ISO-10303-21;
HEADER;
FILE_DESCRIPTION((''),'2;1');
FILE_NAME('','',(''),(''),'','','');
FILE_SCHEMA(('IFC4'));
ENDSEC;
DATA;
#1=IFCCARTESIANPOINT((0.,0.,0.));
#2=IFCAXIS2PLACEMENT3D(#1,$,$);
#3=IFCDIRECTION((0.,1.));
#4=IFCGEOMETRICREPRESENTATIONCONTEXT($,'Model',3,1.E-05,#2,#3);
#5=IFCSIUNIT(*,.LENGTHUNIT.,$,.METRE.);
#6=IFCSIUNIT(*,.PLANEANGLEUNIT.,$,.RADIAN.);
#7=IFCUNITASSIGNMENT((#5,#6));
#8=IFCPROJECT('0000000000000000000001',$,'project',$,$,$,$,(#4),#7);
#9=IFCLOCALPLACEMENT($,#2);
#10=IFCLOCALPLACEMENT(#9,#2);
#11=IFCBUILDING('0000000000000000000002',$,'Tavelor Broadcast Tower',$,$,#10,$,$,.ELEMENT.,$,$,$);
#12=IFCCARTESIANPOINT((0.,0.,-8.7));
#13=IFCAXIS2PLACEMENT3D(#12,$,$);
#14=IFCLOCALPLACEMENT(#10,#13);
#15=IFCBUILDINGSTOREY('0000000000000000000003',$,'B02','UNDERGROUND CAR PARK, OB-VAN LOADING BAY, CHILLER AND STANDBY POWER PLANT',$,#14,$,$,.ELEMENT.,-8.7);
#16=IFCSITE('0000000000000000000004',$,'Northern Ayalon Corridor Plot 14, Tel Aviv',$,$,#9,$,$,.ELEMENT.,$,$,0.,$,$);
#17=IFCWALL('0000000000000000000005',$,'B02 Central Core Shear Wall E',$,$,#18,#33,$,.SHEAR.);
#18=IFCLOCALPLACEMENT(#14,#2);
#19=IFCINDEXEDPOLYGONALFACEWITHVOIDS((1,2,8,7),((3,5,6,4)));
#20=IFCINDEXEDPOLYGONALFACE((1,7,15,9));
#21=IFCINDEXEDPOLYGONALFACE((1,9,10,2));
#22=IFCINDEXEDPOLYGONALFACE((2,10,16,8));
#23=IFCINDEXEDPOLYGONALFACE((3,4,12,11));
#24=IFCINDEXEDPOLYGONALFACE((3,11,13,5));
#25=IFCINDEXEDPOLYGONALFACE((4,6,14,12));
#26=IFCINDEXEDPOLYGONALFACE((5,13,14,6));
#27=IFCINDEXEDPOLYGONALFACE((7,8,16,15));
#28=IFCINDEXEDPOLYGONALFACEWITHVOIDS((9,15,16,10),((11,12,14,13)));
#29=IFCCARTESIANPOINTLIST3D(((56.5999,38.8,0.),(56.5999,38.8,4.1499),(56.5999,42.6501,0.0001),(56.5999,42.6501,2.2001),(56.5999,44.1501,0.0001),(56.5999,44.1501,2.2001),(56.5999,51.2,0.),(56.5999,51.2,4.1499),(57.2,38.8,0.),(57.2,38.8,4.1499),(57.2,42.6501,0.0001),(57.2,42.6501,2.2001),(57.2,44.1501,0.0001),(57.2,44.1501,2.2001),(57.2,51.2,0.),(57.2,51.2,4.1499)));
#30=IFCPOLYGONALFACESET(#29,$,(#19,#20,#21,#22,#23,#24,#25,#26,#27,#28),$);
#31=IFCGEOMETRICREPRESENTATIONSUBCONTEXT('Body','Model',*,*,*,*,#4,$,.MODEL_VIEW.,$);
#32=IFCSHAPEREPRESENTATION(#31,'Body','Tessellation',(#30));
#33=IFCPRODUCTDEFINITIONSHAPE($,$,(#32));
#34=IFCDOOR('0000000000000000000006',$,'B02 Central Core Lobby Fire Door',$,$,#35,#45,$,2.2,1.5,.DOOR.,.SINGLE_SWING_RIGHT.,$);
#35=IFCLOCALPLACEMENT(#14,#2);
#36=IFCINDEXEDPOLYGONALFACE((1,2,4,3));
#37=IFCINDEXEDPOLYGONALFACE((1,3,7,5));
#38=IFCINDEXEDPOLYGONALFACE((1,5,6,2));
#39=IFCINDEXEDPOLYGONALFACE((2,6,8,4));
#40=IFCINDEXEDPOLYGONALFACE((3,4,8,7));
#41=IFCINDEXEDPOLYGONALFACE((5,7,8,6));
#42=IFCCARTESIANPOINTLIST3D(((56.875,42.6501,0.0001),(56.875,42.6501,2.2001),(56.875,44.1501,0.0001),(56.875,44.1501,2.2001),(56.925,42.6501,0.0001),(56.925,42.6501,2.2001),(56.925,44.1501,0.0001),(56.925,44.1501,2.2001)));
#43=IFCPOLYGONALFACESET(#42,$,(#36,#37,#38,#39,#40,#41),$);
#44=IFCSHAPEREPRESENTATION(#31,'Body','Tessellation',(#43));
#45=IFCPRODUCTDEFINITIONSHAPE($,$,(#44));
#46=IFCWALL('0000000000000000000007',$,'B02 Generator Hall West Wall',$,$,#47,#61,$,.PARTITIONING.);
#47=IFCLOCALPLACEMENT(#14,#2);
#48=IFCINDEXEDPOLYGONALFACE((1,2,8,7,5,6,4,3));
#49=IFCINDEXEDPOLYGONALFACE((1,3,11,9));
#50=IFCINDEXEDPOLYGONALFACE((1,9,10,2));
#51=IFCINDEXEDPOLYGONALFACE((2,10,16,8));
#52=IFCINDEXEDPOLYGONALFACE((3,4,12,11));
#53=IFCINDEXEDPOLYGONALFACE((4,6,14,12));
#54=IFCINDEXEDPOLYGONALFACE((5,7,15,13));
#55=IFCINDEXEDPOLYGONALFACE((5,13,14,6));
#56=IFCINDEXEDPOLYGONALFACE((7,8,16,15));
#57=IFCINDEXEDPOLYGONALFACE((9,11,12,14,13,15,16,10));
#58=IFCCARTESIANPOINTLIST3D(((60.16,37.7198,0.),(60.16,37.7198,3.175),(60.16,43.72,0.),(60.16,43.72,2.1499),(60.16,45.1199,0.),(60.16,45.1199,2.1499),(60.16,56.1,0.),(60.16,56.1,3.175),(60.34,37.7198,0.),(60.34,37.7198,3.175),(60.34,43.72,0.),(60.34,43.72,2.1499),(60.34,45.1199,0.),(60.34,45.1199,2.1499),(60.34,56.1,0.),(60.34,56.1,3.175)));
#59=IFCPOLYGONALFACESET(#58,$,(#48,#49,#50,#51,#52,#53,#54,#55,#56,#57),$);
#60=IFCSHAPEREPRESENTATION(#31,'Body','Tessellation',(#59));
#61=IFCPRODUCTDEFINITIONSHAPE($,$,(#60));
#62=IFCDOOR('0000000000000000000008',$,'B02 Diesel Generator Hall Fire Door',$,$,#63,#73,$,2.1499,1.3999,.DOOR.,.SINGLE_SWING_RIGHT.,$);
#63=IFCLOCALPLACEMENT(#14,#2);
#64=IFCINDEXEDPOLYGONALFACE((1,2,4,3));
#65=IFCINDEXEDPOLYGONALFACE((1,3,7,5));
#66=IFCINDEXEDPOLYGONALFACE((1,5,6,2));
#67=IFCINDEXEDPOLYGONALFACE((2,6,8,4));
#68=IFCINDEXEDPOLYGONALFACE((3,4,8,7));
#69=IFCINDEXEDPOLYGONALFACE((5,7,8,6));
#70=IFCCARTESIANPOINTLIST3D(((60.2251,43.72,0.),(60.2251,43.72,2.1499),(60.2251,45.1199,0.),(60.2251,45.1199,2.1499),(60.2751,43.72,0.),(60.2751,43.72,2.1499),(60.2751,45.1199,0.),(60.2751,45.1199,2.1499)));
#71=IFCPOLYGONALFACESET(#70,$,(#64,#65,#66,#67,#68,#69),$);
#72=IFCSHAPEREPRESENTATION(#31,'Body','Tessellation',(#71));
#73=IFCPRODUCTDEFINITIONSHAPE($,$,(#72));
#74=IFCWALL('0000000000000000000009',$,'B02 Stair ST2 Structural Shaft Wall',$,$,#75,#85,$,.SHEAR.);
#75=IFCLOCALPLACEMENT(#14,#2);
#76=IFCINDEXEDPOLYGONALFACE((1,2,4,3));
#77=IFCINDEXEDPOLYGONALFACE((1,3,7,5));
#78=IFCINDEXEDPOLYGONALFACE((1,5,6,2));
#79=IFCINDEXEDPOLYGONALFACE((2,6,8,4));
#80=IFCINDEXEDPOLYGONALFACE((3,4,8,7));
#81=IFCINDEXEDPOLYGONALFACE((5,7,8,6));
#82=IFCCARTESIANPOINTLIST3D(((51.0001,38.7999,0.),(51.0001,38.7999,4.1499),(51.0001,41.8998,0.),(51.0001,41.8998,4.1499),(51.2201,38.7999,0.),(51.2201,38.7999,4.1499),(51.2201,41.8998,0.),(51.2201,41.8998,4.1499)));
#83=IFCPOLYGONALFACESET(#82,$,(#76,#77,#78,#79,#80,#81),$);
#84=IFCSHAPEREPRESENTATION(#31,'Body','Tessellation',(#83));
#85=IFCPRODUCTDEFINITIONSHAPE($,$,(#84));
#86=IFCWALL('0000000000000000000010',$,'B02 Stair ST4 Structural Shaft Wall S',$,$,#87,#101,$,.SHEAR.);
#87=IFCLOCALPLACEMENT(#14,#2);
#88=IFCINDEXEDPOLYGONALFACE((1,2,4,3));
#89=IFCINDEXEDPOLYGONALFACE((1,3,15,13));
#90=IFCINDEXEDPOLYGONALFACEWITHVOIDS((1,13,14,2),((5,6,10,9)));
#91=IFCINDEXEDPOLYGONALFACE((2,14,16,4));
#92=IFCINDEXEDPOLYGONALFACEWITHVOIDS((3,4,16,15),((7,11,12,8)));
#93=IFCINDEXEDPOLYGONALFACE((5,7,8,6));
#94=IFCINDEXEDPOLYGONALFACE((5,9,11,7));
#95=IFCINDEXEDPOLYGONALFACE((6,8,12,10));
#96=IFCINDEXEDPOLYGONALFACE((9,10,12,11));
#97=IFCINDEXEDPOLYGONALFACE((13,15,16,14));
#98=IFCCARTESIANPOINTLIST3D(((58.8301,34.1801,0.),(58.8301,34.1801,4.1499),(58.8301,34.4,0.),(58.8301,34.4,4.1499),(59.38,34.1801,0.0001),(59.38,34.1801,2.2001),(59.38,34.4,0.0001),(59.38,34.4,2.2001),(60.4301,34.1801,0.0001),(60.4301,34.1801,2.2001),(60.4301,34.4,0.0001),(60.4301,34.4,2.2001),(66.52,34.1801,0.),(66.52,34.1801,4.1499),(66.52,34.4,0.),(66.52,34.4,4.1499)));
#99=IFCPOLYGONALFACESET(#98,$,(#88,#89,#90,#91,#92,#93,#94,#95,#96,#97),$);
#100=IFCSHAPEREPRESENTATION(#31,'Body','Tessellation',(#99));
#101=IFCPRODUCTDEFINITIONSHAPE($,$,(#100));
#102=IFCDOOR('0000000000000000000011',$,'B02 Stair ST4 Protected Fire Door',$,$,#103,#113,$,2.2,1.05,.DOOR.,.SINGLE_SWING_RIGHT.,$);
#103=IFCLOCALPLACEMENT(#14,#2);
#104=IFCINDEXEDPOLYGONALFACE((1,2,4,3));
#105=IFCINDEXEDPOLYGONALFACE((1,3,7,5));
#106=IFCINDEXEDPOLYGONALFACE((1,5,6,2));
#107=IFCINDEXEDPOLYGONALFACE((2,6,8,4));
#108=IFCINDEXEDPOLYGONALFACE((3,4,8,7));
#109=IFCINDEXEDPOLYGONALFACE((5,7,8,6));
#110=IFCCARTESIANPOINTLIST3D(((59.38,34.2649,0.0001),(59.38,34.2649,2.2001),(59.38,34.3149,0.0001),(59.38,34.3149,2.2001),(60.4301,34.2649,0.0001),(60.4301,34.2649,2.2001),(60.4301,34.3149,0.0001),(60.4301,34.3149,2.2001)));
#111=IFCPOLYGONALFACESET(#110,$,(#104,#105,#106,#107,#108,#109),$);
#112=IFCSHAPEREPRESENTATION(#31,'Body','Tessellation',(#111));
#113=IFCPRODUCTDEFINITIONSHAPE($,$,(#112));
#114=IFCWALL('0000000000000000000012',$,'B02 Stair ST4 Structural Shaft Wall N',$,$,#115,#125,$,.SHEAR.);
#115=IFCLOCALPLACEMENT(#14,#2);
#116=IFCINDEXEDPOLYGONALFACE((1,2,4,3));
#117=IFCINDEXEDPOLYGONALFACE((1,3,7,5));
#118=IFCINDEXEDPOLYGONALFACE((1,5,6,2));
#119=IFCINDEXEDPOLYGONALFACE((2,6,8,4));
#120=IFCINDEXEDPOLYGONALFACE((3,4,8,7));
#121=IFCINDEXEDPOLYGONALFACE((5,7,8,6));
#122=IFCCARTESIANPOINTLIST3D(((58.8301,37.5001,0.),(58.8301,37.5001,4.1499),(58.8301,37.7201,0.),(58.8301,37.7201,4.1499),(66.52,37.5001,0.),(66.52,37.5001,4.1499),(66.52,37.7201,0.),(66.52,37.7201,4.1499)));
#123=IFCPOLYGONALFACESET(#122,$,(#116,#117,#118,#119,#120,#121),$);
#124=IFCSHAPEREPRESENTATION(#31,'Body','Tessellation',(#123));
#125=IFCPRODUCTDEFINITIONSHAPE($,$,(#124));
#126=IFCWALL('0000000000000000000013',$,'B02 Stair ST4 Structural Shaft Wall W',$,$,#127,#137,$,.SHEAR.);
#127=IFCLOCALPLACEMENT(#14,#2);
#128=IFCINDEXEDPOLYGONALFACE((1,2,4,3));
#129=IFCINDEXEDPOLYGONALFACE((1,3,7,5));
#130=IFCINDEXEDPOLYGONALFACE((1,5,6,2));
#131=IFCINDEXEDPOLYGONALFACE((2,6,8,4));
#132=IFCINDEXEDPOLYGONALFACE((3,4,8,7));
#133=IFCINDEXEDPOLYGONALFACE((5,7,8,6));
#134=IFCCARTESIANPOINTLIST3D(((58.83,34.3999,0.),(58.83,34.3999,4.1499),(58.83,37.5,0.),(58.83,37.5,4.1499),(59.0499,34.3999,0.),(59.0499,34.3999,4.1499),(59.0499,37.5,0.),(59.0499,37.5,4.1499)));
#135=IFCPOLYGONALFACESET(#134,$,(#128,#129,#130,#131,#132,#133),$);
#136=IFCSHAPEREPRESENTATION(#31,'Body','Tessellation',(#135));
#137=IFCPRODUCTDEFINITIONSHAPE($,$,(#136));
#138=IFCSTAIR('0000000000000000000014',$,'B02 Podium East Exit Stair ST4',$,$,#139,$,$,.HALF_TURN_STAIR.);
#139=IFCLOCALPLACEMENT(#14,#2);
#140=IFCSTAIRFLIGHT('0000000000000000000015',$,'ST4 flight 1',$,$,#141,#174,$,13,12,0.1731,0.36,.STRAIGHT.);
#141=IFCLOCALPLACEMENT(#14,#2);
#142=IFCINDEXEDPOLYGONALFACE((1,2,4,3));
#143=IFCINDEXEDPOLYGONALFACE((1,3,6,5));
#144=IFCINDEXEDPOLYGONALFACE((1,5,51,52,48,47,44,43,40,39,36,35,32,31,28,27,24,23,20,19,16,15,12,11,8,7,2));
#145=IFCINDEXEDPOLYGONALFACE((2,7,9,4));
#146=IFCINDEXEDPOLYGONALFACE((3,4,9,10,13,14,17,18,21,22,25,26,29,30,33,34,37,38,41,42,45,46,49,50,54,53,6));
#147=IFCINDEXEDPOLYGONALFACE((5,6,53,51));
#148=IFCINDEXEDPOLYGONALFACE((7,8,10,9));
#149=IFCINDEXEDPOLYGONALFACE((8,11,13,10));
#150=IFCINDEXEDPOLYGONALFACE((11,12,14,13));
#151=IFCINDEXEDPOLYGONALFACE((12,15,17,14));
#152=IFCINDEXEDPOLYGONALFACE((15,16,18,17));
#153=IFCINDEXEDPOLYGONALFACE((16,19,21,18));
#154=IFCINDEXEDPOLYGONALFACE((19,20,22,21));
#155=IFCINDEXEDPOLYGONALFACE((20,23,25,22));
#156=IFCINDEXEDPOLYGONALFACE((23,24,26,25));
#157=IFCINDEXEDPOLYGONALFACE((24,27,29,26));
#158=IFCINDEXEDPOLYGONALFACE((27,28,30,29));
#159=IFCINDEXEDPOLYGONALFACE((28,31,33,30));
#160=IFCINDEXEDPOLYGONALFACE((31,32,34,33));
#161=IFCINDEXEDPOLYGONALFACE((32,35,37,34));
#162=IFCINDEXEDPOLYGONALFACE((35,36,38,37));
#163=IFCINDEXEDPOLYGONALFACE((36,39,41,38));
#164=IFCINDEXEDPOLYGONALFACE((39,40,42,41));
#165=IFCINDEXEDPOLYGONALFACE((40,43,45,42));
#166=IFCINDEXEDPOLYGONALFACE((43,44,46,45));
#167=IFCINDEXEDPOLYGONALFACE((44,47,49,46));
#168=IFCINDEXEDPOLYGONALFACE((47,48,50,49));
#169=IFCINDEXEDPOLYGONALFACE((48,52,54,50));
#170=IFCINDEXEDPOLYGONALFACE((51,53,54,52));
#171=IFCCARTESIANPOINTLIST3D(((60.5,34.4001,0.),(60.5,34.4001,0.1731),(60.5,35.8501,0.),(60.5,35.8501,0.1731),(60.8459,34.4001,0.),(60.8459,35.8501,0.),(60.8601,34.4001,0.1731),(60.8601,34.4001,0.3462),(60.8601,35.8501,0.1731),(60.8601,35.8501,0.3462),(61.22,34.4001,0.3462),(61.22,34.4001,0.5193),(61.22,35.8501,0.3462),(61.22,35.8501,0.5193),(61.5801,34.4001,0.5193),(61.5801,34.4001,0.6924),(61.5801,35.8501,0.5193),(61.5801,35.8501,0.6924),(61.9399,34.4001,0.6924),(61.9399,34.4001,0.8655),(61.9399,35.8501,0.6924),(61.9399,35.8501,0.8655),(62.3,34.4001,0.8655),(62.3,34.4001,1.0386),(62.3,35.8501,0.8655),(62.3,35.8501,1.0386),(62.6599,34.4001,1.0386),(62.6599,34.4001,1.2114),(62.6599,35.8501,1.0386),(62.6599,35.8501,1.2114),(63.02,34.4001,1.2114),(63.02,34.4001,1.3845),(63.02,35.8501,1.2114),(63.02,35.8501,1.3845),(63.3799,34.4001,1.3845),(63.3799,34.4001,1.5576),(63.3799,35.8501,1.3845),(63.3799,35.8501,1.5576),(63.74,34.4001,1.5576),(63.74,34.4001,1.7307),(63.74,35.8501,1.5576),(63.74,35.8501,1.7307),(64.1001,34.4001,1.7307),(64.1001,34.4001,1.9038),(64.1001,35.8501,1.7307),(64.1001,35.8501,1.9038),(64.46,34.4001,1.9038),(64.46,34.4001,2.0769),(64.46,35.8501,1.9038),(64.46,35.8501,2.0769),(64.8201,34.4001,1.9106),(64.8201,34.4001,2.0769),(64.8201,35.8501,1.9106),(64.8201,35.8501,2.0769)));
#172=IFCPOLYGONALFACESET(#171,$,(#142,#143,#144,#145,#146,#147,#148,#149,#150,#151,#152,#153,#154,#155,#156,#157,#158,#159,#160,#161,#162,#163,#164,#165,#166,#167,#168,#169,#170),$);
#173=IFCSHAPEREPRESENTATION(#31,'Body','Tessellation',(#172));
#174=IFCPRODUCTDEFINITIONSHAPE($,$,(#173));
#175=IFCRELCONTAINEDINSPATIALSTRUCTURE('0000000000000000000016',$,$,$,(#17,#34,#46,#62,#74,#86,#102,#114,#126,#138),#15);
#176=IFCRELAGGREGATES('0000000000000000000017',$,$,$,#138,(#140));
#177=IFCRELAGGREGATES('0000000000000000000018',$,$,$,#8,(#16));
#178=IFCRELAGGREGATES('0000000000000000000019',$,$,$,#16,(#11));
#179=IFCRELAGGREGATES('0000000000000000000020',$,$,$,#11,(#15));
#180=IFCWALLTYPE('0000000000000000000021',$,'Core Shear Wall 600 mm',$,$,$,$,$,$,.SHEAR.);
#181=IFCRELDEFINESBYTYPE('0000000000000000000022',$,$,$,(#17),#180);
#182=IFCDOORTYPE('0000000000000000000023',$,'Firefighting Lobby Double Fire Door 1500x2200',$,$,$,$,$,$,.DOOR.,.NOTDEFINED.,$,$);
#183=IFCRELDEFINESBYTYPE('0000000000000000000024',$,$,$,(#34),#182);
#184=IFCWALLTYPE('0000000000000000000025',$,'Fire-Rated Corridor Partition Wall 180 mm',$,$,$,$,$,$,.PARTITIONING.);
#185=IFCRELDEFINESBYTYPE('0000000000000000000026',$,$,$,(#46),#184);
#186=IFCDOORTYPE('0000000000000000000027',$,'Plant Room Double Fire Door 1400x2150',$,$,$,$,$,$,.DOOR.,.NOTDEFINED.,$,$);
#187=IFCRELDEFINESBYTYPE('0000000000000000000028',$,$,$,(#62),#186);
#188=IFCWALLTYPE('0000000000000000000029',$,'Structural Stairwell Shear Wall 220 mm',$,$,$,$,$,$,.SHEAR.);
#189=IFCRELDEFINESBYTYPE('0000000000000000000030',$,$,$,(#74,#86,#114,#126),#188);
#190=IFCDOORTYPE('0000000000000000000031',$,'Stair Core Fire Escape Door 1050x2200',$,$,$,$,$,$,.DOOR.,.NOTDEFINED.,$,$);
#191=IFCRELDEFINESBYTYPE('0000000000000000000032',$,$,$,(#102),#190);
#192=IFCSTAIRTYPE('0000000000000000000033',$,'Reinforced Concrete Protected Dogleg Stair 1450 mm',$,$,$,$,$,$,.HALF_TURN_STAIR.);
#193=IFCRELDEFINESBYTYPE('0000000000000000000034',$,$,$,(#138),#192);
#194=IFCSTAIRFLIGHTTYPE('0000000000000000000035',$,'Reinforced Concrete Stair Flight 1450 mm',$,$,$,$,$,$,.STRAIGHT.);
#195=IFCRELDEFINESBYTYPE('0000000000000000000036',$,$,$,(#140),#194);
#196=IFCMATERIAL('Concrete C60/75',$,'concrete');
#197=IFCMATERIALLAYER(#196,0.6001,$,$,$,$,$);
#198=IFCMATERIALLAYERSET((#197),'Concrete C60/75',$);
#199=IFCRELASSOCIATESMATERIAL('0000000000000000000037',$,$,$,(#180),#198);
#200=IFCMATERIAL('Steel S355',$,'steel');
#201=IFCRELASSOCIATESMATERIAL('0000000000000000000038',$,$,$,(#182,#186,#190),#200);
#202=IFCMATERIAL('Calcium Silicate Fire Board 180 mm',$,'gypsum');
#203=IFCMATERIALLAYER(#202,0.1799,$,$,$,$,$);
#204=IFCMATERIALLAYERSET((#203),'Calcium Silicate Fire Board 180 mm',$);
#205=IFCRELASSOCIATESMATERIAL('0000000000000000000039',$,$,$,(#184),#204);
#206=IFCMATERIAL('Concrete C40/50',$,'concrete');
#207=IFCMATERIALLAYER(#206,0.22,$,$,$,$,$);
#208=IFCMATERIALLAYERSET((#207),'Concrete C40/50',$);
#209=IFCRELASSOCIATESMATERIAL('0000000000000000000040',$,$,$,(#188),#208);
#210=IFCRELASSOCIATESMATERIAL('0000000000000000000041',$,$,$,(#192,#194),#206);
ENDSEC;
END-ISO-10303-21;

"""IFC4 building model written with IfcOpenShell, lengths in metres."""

from ifc_helpers import new_model, si_unit, direction, frame, frame_2d, origin, place, context, subcontext, project, spatial, polyline, rectangle, outline, extrude, material, layer, layer_set, type_object, element, fill, aggregate, save


model = new_model("IFC4")

# Units and contexts
model_context = context("Model", 3, precision=1e-05, world=origin(), true_north=direction((0.0, 1.0)))
body_context = subcontext(model_context, "Body", "Model", "MODEL_VIEW")
ifc_project = project(units=[si_unit("LENGTHUNIT", "METRE"), si_unit("PLANEANGLEUNIT", "RADIAN")], contexts=[model_context])

# Site, building, storey
site_placement = place(None, origin())
site = spatial("IfcSite", under=ifc_project, at=site_placement, Name="Northern Ayalon Corridor Plot 14, Tel Aviv", CompositionType="ELEMENT", RefElevation=0.0)
building_placement = place(site_placement, origin())
building = spatial("IfcBuilding", under=site, at=building_placement, Name="Tavelor Broadcast Tower", CompositionType="ELEMENT")
storey_placement = place(building_placement, frame((0.0, 0.0, -8.7)))
storey = spatial("IfcBuildingStorey", under=building, at=storey_placement, Name="B02", Description="UNDERGROUND CAR PARK, OB-VAN LOADING BAY, CHILLER AND STANDBY POWER PLANT", CompositionType="ELEMENT", Elevation=-8.7)

# Shared definitions
ifc_material_1 = material(Name="Concrete C40/50", Category="concrete")

# Shared definitions
ifc_material_2 = material(Name="Concrete C60/75", Category="concrete")

# Shared definitions
ifc_material_3 = material(Name="Steel S355", Category="steel")

# Walls, openings, doors
ifc_layer_1 = layer(ifc_material_2, 0.6001)
ifc_layer_set_1 = layer_set([ifc_layer_1], Name="Concrete C60/75")
wall_type_1 = type_object("IfcWallType", Name="Core Shear Wall 600 mm", PredefinedType="SHEAR", material=ifc_layer_set_1)
wall_1_placement = place(storey_placement, frame((56.8999, 38.8, 0.0), z_axis=(0.0, 0.0, 1.0), x_axis=(0.0, 1.0, 0.0)))
wall_1 = element("IfcWall", 1, at=wall_1_placement, inside=storey, type_object=wall_type_1, Name="B02 Central Core Shear Wall E", PredefinedType="SHEAR", context=body_context, shape_type="SweptSolid", body=[
    extrude(rectangle(XDim=12.3999, YDim=0.6001, at=frame_2d((6.2, 0.0))), origin(), (0.0, 0.0, 1.0), 4.1499),
])
opening_1_placement = place(wall_1_placement, frame((3.8501, 0.0, 0.0)))
opening_1 = element("IfcOpeningElement", 2, at=opening_1_placement, cuts=wall_1, PredefinedType="OPENING", context=body_context, shape_type="SweptSolid", body=[
    extrude(rectangle(XDim=1.5, YDim=2.2, at=frame_2d((0.75, 1.1001))), frame((0.0, 0.3101, 0.0), z_axis=(0.0, -1.0, 0.0), x_axis=(1.0, 0.0, 0.0)), (0.0, 0.0, 1.0), 0.6201),
])
door_type_1 = type_object("IfcDoorType", Name="Firefighting Lobby Double Fire Door 1500x2200", OperationType="NOTDEFINED", PredefinedType="DOOR", material=ifc_material_3)
door_1_placement = place(opening_1_placement, origin())
door_1 = element("IfcDoor", 3, at=door_1_placement, inside=storey, type_object=door_type_1, Name="B02 Central Core Lobby Fire Door", OperationType="SINGLE_SWING_RIGHT", OverallHeight=2.2, OverallWidth=1.5, PredefinedType="DOOR", context=body_context, shape_type="SweptSolid", body=[
    extrude(rectangle(XDim=1.5, YDim=2.2, at=frame_2d((0.75, 1.1001))), frame((0.0, 0.0249, 0.0), z_axis=(0.0, -1.0, 0.0), x_axis=(1.0, 0.0, 0.0)), (0.0, 0.0, 1.0), 0.05),
])
fill(opening_1, door_1)
ifc_material_4 = material(Name="Calcium Silicate Fire Board 180 mm", Category="gypsum")
ifc_layer_2 = layer(ifc_material_4, 0.1799)
ifc_layer_set_2 = layer_set([ifc_layer_2], Name="Calcium Silicate Fire Board 180 mm")
wall_type_2 = type_object("IfcWallType", Name="Fire-Rated Corridor Partition Wall 180 mm", PredefinedType="PARTITIONING", material=ifc_layer_set_2)
wall_2_placement = place(storey_placement, frame((60.25, 37.72, 0.0), z_axis=(0.0, 0.0, 1.0), x_axis=(0.0, 1.0, 0.0)))
wall_2 = element("IfcWall", 4, at=wall_2_placement, inside=storey, type_object=wall_type_2, Name="B02 Generator Hall West Wall", PredefinedType="PARTITIONING", context=body_context, shape_type="SweptSolid", body=[
    extrude(rectangle(XDim=18.3801, YDim=0.1799, at=frame_2d((9.1899, 0.0))), origin(), (0.0, 0.0, 1.0), 3.175),
])
opening_2_placement = place(wall_2_placement, frame((6.0, 0.0, 0.0)))
opening_2 = element("IfcOpeningElement", 5, at=opening_2_placement, cuts=wall_2, PredefinedType="OPENING", context=body_context, shape_type="SweptSolid", body=[
    extrude(rectangle(XDim=1.3999, YDim=2.1499, at=frame_2d((0.7, 1.075))), frame((0.0, 0.1001, 0.0), z_axis=(0.0, -1.0, 0.0), x_axis=(1.0, 0.0, 0.0)), (0.0, 0.0, 1.0), 0.2),
])
door_type_2 = type_object("IfcDoorType", Name="Plant Room Double Fire Door 1400x2150", OperationType="NOTDEFINED", PredefinedType="DOOR", material=ifc_material_3)
door_2_placement = place(opening_2_placement, origin())
door_2 = element("IfcDoor", 6, at=door_2_placement, inside=storey, type_object=door_type_2, Name="B02 Diesel Generator Hall Fire Door", OperationType="SINGLE_SWING_RIGHT", OverallHeight=2.1499, OverallWidth=1.3999, PredefinedType="DOOR", context=body_context, shape_type="SweptSolid", body=[
    extrude(rectangle(XDim=1.3999, YDim=2.1499, at=frame_2d((0.7, 1.075))), frame((0.0, 0.0249, 0.0), z_axis=(0.0, -1.0, 0.0), x_axis=(1.0, 0.0, 0.0)), (0.0, 0.0, 1.0), 0.05),
])
fill(opening_2, door_2)

# Wall
ifc_layer_3 = layer(ifc_material_1, 0.22)
ifc_layer_set_3 = layer_set([ifc_layer_3], Name="Concrete C40/50")
wall_type_3 = type_object("IfcWallType", Name="Structural Stairwell Shear Wall 220 mm", PredefinedType="SHEAR", material=ifc_layer_set_3)
wall_3_placement = place(storey_placement, frame((51.1101, 38.8, 0.0), z_axis=(0.0, 0.0, 1.0), x_axis=(0.0, 1.0, 0.0)))
element("IfcWall", 7, at=wall_3_placement, inside=storey, type_object=wall_type_3, Name="B02 Stair ST2 Structural Shaft Wall", PredefinedType="SHEAR", context=body_context, shape_type="SweptSolid", body=[
    extrude(rectangle(XDim=3.0999, YDim=0.22, at=frame_2d((1.5498, 0.0))), origin(), (0.0, 0.0, 1.0), 4.1499),
])

# Wall, opening, door
wall_4_placement = place(storey_placement, frame((58.8301, 34.29, 0.0), z_axis=(0.0, 0.0, 1.0), x_axis=(1.0, 0.0, 0.0)))
wall_4 = element("IfcWall", 8, at=wall_4_placement, inside=storey, type_object=wall_type_3, Name="B02 Stair ST4 Structural Shaft Wall S", PredefinedType="SHEAR", context=body_context, shape_type="SweptSolid", body=[
    extrude(rectangle(XDim=7.6899, YDim=0.22, at=frame_2d((3.845, 0.0))), origin(), (0.0, 0.0, 1.0), 4.1499),
])
opening_3_placement = place(wall_4_placement, frame((0.55, 0.0, 0.0)))
opening_3 = element("IfcOpeningElement", 9, at=opening_3_placement, cuts=wall_4, PredefinedType="OPENING", context=body_context, shape_type="SweptSolid", body=[
    extrude(rectangle(XDim=1.05, YDim=2.2, at=frame_2d((0.5249, 1.1001))), frame((0.0, 0.1201, 0.0), z_axis=(0.0, -1.0, 0.0), x_axis=(1.0, 0.0, 0.0)), (0.0, 0.0, 1.0), 0.24),
])
door_type_3 = type_object("IfcDoorType", Name="Stair Core Fire Escape Door 1050x2200", OperationType="NOTDEFINED", PredefinedType="DOOR", material=ifc_material_3)
door_3_placement = place(opening_3_placement, origin())
door_3 = element("IfcDoor", 10, at=door_3_placement, inside=storey, type_object=door_type_3, Name="B02 Stair ST4 Protected Fire Door", OperationType="SINGLE_SWING_RIGHT", OverallHeight=2.2, OverallWidth=1.05, PredefinedType="DOOR", context=body_context, shape_type="SweptSolid", body=[
    extrude(rectangle(XDim=1.05, YDim=2.2, at=frame_2d((0.5249, 1.1001))), frame((0.0, 0.0249, 0.0), z_axis=(0.0, -1.0, 0.0), x_axis=(1.0, 0.0, 0.0)), (0.0, 0.0, 1.0), 0.05),
])
fill(opening_3, door_3)

# Walls
wall_5_placement = place(storey_placement, frame((58.8301, 37.6101, 0.0), z_axis=(0.0, 0.0, 1.0), x_axis=(1.0, 0.0, 0.0)))
element("IfcWall", 11, at=wall_5_placement, inside=storey, type_object=wall_type_3, Name="B02 Stair ST4 Structural Shaft Wall N", PredefinedType="SHEAR", context=body_context, shape_type="SweptSolid", body=[
    extrude(rectangle(XDim=7.6899, YDim=0.22, at=frame_2d((3.845, 0.0))), origin(), (0.0, 0.0, 1.0), 4.1499),
])
wall_6_placement = place(storey_placement, frame((58.9399, 34.3999, 0.0), z_axis=(0.0, 0.0, 1.0), x_axis=(0.0, 1.0, 0.0)))
element("IfcWall", 12, at=wall_6_placement, inside=storey, type_object=wall_type_3, Name="B02 Stair ST4 Structural Shaft Wall W", PredefinedType="SHEAR", context=body_context, shape_type="SweptSolid", body=[
    extrude(rectangle(XDim=3.1001, YDim=0.22, at=frame_2d((1.55, 0.0))), origin(), (0.0, 0.0, 1.0), 4.1499),
])

# Stair, stair flight
stair_type = type_object("IfcStairType", Name="Reinforced Concrete Protected Dogleg Stair 1450 mm", PredefinedType="HALF_TURN_STAIR", material=ifc_material_1)
stair_placement = place(storey_placement, origin())
stair = element("IfcStair", 13, at=stair_placement, inside=storey, type_object=stair_type, Name="B02 Podium East Exit Stair ST4", PredefinedType="HALF_TURN_STAIR")
stair_flight_type = type_object("IfcStairFlightType", Name="Reinforced Concrete Stair Flight 1450 mm", PredefinedType="STRAIGHT", material=ifc_material_1)
stair_flight_placement = place(storey_placement, frame((60.5, 35.125, 0.0), z_axis=(0.0, 0.0, 1.0), x_axis=(1.0, 0.0, 0.0)))
stair_flight = element("IfcStairFlight", 14, at=stair_flight_placement, type_object=stair_flight_type, Name="ST4 flight 1", NumberOfRisers=13, NumberOfTreads=12, PredefinedType="STRAIGHT", RiserHeight=0.1731, TreadLength=0.36, context=body_context, shape_type="SweptSolid", body=[
    extrude(outline(polyline([(0.0, 0.0), (0.0, 0.1731), (0.3601, 0.1731), (0.3601, 0.3462), (0.72, 0.3462), (0.72, 0.5193), (1.0801, 0.5193), (1.0801, 0.6924), (1.4399, 0.6924), (1.4399, 0.8655), (1.8, 0.8655), (1.8, 1.0386), (2.1599, 1.0386), (2.1599, 1.2114), (2.52, 1.2114), (2.52, 1.3845), (2.8799, 1.3845), (2.8799, 1.5576), (3.24, 1.5576), (3.24, 1.7307), (3.6001, 1.7307), (3.6001, 1.9038), (3.96, 1.9038), (3.96, 2.0769), (4.3201, 2.0769), (4.3201, 2.25), (4.3201, 1.9106), (0.3459, 0.0), (0.0, 0.0)])), frame((0.0, 0.7251, 0.0), z_axis=(0.0, -1.0, 0.0), x_axis=(1.0, 0.0, 0.0)), (0.0, 0.0, 1.0), 1.45),
])
aggregate(stair, [stair_flight])

save(model, "model.ifc")
